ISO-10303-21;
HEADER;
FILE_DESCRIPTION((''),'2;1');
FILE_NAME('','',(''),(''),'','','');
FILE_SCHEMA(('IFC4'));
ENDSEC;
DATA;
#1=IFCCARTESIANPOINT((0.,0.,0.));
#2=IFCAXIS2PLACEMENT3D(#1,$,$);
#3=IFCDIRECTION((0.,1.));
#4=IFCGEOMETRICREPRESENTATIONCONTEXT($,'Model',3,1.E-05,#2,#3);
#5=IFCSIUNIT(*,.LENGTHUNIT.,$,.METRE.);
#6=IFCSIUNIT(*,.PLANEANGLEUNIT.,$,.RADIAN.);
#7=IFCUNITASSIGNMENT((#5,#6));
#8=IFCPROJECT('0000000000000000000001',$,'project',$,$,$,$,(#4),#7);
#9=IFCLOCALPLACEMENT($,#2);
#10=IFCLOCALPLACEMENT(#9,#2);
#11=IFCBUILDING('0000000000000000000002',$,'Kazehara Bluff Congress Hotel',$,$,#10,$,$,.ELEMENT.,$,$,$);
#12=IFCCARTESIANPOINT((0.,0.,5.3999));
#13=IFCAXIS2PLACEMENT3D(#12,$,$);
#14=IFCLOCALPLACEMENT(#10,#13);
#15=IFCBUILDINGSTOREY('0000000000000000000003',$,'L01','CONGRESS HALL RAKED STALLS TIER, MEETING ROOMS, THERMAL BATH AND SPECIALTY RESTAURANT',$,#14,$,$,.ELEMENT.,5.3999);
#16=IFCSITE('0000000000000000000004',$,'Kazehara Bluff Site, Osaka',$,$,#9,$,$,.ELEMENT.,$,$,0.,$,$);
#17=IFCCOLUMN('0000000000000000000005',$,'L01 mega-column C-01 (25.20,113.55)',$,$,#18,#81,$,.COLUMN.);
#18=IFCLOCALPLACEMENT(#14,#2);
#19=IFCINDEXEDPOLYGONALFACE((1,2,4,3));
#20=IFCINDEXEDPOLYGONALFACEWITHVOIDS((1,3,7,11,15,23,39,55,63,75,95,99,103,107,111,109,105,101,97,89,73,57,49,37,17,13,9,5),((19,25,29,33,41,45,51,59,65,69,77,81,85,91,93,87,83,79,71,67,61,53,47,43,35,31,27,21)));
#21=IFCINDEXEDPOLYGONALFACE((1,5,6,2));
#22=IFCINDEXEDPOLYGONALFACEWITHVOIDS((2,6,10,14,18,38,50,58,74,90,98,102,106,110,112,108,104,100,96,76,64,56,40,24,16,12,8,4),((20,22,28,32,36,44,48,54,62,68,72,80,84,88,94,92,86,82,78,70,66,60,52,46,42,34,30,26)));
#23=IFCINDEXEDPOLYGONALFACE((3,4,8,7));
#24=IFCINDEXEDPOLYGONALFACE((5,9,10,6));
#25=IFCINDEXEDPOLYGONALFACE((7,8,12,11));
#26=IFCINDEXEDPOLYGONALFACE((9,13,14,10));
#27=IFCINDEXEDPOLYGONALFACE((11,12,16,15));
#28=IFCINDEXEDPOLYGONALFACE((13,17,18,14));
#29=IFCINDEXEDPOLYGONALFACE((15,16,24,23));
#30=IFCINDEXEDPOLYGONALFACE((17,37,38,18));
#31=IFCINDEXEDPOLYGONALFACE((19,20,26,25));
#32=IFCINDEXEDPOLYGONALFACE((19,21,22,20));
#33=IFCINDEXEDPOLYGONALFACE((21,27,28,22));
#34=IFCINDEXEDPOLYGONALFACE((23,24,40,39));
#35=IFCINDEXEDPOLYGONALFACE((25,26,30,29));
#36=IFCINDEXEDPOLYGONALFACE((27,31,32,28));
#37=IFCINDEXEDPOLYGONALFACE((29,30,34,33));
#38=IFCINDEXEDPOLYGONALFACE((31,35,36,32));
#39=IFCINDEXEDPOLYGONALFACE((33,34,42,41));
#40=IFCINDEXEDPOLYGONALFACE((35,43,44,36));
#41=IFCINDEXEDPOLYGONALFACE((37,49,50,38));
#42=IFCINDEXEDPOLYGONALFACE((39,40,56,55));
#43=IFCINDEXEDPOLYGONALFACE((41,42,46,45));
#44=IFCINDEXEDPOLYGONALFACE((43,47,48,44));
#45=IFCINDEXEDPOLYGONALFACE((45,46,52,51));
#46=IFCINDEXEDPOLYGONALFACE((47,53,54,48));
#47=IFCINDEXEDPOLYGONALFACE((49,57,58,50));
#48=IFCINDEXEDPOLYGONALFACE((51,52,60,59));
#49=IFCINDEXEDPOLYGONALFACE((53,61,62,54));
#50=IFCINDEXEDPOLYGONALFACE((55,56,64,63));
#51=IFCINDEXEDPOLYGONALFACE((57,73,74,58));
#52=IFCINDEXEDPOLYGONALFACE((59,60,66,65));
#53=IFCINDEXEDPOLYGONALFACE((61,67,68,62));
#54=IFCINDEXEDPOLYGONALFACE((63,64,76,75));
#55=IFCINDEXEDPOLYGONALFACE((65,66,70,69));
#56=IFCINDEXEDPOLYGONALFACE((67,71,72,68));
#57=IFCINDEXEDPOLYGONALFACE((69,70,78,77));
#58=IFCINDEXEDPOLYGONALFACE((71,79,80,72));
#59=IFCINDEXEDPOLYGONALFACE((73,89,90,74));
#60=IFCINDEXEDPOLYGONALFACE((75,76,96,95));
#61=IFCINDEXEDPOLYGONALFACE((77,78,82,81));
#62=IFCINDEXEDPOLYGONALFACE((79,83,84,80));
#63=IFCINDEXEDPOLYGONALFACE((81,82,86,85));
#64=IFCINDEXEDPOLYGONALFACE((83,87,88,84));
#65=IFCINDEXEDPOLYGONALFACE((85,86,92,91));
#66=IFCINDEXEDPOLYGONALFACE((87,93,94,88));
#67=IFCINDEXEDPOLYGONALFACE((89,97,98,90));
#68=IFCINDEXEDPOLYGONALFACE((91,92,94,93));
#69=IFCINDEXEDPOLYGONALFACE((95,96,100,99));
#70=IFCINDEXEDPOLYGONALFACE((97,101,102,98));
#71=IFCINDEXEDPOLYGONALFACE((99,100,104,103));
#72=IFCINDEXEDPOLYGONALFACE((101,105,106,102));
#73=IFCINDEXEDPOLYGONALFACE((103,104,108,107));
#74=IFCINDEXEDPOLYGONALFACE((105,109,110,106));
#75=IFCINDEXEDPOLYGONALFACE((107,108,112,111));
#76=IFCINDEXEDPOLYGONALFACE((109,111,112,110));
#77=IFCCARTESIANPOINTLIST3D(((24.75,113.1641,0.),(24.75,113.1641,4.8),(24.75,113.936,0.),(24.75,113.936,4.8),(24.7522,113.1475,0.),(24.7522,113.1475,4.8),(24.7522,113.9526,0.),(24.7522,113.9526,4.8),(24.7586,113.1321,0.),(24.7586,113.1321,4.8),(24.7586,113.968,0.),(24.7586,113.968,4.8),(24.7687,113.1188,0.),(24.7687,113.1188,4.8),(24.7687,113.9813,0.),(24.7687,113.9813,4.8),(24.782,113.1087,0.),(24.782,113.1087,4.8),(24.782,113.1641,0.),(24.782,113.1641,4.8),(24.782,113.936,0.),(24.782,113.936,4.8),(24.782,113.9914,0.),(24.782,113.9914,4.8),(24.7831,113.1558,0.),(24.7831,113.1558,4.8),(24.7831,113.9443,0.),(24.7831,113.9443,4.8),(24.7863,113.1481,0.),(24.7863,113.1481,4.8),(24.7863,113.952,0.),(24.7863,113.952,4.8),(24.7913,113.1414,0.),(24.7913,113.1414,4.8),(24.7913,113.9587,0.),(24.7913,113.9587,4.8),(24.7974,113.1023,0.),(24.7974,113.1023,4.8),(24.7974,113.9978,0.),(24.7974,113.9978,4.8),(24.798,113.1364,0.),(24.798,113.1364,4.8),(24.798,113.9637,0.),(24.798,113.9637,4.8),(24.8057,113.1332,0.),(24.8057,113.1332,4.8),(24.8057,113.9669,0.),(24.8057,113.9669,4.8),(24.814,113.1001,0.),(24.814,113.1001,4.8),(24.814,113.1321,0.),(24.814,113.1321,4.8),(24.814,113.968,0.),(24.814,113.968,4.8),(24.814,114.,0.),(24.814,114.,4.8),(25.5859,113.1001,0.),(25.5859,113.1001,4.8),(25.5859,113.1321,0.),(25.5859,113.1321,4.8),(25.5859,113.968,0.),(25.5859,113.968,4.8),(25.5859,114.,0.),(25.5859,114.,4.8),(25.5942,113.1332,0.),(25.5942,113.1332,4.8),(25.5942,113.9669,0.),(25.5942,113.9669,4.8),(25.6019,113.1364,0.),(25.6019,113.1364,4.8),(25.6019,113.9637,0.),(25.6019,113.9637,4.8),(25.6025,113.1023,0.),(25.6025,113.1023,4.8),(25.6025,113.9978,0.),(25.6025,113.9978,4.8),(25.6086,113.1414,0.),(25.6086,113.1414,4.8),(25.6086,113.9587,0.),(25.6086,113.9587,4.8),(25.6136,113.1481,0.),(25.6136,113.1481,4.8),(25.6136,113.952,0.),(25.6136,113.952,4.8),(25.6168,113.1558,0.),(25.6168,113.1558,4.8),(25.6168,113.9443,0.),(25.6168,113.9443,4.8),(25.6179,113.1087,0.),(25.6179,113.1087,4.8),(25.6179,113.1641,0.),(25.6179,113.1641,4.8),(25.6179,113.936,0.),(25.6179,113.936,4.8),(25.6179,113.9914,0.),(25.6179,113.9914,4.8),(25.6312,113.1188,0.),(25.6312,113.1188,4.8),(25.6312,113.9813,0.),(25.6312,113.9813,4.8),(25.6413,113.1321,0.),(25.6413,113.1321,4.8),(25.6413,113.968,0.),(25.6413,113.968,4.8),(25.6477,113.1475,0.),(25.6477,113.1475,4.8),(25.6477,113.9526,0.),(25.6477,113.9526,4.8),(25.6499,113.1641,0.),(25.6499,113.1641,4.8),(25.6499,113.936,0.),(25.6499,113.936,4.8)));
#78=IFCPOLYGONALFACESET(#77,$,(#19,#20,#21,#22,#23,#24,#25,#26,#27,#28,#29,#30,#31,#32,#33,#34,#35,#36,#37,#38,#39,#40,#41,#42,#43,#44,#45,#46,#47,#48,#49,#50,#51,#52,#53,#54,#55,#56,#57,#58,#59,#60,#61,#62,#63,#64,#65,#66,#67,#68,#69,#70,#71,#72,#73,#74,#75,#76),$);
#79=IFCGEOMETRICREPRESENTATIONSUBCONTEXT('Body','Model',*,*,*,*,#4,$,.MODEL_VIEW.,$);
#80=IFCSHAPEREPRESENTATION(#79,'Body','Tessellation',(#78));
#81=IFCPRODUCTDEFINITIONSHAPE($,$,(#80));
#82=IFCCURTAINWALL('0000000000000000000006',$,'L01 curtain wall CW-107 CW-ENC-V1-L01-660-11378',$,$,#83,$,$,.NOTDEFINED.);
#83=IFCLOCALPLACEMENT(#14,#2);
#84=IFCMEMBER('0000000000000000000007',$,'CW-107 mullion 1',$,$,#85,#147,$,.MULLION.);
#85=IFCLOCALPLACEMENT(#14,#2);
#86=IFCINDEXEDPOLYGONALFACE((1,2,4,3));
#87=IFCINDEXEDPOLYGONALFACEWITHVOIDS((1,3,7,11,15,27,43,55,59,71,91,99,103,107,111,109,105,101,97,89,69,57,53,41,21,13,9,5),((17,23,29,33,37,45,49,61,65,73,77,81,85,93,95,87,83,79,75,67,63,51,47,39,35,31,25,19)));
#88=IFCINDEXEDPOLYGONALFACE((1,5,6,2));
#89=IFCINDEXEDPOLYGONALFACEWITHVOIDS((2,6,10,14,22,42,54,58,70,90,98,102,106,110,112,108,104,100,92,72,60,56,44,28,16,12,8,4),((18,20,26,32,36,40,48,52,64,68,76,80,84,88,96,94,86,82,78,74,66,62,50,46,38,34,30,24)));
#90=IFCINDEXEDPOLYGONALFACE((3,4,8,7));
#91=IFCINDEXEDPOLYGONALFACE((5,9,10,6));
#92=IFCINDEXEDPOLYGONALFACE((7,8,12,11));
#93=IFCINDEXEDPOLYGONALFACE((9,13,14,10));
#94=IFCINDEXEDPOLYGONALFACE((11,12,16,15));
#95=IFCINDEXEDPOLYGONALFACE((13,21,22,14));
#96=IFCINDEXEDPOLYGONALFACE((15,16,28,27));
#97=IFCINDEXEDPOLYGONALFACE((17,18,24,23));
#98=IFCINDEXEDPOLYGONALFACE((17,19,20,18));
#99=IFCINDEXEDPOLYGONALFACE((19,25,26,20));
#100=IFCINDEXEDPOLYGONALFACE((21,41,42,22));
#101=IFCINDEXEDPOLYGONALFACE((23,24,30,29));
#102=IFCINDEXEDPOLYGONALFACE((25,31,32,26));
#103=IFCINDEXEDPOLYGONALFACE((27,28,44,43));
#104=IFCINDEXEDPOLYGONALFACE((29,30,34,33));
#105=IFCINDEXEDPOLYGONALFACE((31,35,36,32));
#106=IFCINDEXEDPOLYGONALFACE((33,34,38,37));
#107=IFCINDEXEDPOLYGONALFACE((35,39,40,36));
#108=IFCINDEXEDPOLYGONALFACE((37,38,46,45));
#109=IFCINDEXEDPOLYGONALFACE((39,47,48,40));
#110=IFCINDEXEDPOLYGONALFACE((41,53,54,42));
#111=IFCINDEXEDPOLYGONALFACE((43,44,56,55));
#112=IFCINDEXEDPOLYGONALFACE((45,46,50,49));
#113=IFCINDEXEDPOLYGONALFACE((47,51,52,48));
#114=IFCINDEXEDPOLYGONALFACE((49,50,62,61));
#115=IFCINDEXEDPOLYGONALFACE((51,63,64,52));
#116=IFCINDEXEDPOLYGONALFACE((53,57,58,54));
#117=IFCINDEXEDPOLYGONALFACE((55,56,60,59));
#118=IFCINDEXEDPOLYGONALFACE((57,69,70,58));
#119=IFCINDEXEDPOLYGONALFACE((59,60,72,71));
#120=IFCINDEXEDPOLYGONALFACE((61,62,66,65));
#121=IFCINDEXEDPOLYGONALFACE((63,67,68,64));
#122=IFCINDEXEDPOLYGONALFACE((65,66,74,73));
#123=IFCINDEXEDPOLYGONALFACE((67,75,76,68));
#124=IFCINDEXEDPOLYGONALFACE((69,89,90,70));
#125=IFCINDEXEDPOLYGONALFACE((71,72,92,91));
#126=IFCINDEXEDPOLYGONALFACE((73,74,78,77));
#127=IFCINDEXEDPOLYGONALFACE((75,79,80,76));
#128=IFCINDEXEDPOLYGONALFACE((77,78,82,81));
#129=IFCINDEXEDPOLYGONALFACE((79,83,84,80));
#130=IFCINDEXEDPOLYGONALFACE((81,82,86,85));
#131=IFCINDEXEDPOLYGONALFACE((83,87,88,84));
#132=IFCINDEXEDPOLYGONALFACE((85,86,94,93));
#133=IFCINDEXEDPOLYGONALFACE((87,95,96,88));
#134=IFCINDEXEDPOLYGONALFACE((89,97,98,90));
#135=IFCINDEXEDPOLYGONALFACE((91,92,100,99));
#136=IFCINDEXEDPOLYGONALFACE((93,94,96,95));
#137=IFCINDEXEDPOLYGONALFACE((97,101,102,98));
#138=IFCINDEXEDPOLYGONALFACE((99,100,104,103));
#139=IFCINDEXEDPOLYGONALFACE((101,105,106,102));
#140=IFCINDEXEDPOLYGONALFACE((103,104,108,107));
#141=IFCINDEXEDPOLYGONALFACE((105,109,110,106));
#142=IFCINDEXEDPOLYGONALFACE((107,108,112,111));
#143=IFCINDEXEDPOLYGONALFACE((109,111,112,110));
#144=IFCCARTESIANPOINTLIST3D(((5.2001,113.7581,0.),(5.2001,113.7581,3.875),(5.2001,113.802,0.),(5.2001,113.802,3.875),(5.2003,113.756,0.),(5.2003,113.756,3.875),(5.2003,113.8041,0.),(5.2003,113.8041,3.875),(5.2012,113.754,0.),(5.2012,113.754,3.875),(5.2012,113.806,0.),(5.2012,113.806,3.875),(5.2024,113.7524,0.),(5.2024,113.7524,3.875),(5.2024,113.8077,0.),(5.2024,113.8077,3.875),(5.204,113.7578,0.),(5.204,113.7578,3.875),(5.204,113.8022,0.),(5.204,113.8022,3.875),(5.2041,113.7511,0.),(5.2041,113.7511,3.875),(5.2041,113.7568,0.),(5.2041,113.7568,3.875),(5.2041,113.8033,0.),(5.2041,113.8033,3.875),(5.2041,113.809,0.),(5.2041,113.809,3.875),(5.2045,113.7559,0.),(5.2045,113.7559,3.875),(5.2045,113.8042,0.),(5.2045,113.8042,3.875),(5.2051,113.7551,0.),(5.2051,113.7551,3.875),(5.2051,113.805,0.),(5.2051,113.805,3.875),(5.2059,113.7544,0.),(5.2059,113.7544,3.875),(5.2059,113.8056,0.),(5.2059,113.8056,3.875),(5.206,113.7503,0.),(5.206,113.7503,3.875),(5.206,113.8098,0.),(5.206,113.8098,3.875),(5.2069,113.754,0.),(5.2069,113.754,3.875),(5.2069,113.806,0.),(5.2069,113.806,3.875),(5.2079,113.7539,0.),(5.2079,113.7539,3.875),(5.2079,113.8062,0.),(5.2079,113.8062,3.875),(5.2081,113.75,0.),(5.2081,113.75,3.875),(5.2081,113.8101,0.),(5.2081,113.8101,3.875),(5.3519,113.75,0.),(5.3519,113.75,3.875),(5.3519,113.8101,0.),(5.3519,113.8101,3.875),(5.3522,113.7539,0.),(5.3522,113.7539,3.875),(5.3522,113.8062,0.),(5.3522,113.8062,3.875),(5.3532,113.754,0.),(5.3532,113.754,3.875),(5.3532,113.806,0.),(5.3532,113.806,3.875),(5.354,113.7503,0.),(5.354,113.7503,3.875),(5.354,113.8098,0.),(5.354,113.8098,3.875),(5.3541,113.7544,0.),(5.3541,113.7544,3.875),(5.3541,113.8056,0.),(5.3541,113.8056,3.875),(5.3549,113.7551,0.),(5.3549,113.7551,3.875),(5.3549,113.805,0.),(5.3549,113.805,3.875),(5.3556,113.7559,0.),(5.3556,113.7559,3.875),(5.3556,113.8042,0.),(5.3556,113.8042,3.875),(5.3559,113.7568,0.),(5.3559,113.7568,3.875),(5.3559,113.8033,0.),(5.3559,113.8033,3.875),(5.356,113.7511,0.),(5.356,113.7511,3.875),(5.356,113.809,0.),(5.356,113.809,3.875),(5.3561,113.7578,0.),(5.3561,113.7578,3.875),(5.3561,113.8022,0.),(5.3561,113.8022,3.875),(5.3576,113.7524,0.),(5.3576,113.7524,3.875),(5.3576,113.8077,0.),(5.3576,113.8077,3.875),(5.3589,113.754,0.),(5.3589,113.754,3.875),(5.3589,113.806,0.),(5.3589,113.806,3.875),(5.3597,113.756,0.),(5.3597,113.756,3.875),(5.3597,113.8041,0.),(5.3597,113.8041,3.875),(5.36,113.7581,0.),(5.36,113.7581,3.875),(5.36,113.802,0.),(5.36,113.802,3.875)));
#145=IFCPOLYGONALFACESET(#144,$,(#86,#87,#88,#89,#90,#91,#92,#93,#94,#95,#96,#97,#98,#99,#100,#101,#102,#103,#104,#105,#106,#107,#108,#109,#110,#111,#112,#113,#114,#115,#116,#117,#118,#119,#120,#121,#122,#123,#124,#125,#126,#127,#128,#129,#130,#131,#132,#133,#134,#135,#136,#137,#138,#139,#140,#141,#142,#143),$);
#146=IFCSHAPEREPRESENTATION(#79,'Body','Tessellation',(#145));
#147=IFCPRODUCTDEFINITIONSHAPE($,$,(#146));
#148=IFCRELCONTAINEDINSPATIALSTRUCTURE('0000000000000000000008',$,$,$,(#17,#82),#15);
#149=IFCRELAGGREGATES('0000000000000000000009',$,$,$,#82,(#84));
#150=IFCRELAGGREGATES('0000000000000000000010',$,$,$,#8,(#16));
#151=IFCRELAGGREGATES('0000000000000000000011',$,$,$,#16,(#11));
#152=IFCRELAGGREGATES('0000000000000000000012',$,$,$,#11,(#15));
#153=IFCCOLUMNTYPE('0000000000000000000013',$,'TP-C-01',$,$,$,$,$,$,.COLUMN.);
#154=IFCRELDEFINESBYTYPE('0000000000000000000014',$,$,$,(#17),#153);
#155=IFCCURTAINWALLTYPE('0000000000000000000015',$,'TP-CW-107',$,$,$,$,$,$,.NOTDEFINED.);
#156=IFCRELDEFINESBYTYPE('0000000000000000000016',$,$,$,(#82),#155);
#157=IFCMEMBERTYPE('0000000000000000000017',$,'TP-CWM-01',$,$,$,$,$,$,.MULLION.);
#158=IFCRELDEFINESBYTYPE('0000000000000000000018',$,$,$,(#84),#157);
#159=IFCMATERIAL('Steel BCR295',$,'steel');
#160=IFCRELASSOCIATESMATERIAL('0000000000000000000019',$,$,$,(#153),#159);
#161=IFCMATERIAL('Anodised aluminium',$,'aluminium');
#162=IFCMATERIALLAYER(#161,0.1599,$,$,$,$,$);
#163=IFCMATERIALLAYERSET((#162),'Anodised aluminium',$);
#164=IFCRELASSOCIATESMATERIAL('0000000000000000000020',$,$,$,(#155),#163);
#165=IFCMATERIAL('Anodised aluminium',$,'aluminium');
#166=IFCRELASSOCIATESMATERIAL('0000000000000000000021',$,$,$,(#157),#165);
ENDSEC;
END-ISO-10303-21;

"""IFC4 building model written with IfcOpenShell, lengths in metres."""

from ifc_helpers import new_model, si_unit, direction, frame, origin, origin_2d, place, context, subcontext, project, spatial, hollow_rectangle, extrude, material, layer, layer_set, material_profile, profile_set, type_object, element, aggregate, save


model = new_model("IFC4")

# Units and contexts
model_context = context("Model", 3, precision=1e-05, world=origin(), true_north=direction((0.0, 1.0)))
body_context = subcontext(model_context, "Body", "Model", "MODEL_VIEW")
ifc_project = project(units=[si_unit("LENGTHUNIT", "METRE"), si_unit("PLANEANGLEUNIT", "RADIAN")], contexts=[model_context])

# Site, building, storey
site_placement = place(None, origin())
site = spatial("IfcSite", under=ifc_project, at=site_placement, Name="Kazehara Bluff Site, Osaka", CompositionType="ELEMENT", RefElevation=0.0)
building_placement = place(site_placement, origin())
building = spatial("IfcBuilding", under=site, at=building_placement, Name="Kazehara Bluff Congress Hotel", CompositionType="ELEMENT")
storey_placement = place(building_placement, frame((0.0, 0.0, 5.3999)))
storey = spatial("IfcBuildingStorey", under=building, at=storey_placement, Name="L01", Description="CONGRESS HALL RAKED STALLS TIER, MEETING ROOMS, THERMAL BATH AND SPECIALTY RESTAURANT", CompositionType="ELEMENT", Elevation=5.3999)

# Column
ifc_material_1 = material(Name="Steel BCR295", Category="steel")
ifc_material_profile_1 = material_profile(ifc_material_1, hollow_rectangle(XDim=0.8999, YDim=0.8999, WallThickness=0.032, InnerFilletRadius=0.032, OuterFilletRadius=0.064, at=origin_2d()))
ifc_profile_set_1 = profile_set([ifc_material_profile_1], Name="Steel BCR295")
column_type = type_object("IfcColumnType", Name="TP-C-01", PredefinedType="COLUMN", material=ifc_profile_set_1)
column_placement = place(storey_placement, frame((25.2, 113.55, 0.0), z_axis=(0.0, 0.0, 1.0), x_axis=(1.0, 0.0, 0.0)))
element("IfcColumn", 1, at=column_placement, inside=storey, type_object=column_type, Name="L01 mega-column C-01 (25.20,113.55)", PredefinedType="COLUMN", context=body_context, shape_type="SweptSolid", body=[
    extrude(hollow_rectangle(XDim=0.8999, YDim=0.8999, WallThickness=0.032, InnerFilletRadius=0.032, OuterFilletRadius=0.064, at=origin_2d()), origin(), (0.0, 0.0, 1.0), 4.8),
])

# Curtain wall, member
ifc_material_2 = material(Name="Anodised aluminium", Category="aluminium")
ifc_layer_1 = layer(ifc_material_2, 0.1599)
ifc_layer_set_1 = layer_set([ifc_layer_1], Name="Anodised aluminium")
curtain_wall_type_1 = type_object("IfcCurtainWallType", Name="TP-CW-107", PredefinedType="NOTDEFINED", material=ifc_layer_set_1)
curtain_wall_1_placement = place(storey_placement, origin())
curtain_wall_1 = element("IfcCurtainWall", 2, at=curtain_wall_1_placement, inside=storey, type_object=curtain_wall_type_1, Name="L01 curtain wall CW-107 CW-ENC-V1-L01-660-11378", PredefinedType="NOTDEFINED")
ifc_material_3 = material(Name="Anodised aluminium", Category="aluminium")
ifc_material_profile_2 = material_profile(ifc_material_3, hollow_rectangle(XDim=0.0601, YDim=0.1599, WallThickness=0.0039, InnerFilletRadius=0.0039, OuterFilletRadius=0.0081, at=origin_2d()))
ifc_profile_set_2 = profile_set([ifc_material_profile_2], Name="Anodised aluminium")
member_type_1 = type_object("IfcMemberType", Name="TP-CWM-01", PredefinedType="MULLION", material=ifc_profile_set_2)
member_1_placement = place(storey_placement, frame((5.28, 113.78, 0.0), z_axis=(0.0, 0.0, 1.0), x_axis=(0.0, 1.0, 0.0)))
member_1 = element("IfcMember", 3, at=member_1_placement, type_object=member_type_1, Name="CW-107 mullion 1", PredefinedType="MULLION", context=body_context, shape_type="SweptSolid", body=[
    extrude(hollow_rectangle(XDim=0.0601, YDim=0.1599, WallThickness=0.0039, InnerFilletRadius=0.0039, OuterFilletRadius=0.0081, at=origin_2d()), origin(), (0.0, 0.0, 1.0), 3.875),
])

aggregate(curtain_wall_1, [member_1])

save(model, "model.ifc")
